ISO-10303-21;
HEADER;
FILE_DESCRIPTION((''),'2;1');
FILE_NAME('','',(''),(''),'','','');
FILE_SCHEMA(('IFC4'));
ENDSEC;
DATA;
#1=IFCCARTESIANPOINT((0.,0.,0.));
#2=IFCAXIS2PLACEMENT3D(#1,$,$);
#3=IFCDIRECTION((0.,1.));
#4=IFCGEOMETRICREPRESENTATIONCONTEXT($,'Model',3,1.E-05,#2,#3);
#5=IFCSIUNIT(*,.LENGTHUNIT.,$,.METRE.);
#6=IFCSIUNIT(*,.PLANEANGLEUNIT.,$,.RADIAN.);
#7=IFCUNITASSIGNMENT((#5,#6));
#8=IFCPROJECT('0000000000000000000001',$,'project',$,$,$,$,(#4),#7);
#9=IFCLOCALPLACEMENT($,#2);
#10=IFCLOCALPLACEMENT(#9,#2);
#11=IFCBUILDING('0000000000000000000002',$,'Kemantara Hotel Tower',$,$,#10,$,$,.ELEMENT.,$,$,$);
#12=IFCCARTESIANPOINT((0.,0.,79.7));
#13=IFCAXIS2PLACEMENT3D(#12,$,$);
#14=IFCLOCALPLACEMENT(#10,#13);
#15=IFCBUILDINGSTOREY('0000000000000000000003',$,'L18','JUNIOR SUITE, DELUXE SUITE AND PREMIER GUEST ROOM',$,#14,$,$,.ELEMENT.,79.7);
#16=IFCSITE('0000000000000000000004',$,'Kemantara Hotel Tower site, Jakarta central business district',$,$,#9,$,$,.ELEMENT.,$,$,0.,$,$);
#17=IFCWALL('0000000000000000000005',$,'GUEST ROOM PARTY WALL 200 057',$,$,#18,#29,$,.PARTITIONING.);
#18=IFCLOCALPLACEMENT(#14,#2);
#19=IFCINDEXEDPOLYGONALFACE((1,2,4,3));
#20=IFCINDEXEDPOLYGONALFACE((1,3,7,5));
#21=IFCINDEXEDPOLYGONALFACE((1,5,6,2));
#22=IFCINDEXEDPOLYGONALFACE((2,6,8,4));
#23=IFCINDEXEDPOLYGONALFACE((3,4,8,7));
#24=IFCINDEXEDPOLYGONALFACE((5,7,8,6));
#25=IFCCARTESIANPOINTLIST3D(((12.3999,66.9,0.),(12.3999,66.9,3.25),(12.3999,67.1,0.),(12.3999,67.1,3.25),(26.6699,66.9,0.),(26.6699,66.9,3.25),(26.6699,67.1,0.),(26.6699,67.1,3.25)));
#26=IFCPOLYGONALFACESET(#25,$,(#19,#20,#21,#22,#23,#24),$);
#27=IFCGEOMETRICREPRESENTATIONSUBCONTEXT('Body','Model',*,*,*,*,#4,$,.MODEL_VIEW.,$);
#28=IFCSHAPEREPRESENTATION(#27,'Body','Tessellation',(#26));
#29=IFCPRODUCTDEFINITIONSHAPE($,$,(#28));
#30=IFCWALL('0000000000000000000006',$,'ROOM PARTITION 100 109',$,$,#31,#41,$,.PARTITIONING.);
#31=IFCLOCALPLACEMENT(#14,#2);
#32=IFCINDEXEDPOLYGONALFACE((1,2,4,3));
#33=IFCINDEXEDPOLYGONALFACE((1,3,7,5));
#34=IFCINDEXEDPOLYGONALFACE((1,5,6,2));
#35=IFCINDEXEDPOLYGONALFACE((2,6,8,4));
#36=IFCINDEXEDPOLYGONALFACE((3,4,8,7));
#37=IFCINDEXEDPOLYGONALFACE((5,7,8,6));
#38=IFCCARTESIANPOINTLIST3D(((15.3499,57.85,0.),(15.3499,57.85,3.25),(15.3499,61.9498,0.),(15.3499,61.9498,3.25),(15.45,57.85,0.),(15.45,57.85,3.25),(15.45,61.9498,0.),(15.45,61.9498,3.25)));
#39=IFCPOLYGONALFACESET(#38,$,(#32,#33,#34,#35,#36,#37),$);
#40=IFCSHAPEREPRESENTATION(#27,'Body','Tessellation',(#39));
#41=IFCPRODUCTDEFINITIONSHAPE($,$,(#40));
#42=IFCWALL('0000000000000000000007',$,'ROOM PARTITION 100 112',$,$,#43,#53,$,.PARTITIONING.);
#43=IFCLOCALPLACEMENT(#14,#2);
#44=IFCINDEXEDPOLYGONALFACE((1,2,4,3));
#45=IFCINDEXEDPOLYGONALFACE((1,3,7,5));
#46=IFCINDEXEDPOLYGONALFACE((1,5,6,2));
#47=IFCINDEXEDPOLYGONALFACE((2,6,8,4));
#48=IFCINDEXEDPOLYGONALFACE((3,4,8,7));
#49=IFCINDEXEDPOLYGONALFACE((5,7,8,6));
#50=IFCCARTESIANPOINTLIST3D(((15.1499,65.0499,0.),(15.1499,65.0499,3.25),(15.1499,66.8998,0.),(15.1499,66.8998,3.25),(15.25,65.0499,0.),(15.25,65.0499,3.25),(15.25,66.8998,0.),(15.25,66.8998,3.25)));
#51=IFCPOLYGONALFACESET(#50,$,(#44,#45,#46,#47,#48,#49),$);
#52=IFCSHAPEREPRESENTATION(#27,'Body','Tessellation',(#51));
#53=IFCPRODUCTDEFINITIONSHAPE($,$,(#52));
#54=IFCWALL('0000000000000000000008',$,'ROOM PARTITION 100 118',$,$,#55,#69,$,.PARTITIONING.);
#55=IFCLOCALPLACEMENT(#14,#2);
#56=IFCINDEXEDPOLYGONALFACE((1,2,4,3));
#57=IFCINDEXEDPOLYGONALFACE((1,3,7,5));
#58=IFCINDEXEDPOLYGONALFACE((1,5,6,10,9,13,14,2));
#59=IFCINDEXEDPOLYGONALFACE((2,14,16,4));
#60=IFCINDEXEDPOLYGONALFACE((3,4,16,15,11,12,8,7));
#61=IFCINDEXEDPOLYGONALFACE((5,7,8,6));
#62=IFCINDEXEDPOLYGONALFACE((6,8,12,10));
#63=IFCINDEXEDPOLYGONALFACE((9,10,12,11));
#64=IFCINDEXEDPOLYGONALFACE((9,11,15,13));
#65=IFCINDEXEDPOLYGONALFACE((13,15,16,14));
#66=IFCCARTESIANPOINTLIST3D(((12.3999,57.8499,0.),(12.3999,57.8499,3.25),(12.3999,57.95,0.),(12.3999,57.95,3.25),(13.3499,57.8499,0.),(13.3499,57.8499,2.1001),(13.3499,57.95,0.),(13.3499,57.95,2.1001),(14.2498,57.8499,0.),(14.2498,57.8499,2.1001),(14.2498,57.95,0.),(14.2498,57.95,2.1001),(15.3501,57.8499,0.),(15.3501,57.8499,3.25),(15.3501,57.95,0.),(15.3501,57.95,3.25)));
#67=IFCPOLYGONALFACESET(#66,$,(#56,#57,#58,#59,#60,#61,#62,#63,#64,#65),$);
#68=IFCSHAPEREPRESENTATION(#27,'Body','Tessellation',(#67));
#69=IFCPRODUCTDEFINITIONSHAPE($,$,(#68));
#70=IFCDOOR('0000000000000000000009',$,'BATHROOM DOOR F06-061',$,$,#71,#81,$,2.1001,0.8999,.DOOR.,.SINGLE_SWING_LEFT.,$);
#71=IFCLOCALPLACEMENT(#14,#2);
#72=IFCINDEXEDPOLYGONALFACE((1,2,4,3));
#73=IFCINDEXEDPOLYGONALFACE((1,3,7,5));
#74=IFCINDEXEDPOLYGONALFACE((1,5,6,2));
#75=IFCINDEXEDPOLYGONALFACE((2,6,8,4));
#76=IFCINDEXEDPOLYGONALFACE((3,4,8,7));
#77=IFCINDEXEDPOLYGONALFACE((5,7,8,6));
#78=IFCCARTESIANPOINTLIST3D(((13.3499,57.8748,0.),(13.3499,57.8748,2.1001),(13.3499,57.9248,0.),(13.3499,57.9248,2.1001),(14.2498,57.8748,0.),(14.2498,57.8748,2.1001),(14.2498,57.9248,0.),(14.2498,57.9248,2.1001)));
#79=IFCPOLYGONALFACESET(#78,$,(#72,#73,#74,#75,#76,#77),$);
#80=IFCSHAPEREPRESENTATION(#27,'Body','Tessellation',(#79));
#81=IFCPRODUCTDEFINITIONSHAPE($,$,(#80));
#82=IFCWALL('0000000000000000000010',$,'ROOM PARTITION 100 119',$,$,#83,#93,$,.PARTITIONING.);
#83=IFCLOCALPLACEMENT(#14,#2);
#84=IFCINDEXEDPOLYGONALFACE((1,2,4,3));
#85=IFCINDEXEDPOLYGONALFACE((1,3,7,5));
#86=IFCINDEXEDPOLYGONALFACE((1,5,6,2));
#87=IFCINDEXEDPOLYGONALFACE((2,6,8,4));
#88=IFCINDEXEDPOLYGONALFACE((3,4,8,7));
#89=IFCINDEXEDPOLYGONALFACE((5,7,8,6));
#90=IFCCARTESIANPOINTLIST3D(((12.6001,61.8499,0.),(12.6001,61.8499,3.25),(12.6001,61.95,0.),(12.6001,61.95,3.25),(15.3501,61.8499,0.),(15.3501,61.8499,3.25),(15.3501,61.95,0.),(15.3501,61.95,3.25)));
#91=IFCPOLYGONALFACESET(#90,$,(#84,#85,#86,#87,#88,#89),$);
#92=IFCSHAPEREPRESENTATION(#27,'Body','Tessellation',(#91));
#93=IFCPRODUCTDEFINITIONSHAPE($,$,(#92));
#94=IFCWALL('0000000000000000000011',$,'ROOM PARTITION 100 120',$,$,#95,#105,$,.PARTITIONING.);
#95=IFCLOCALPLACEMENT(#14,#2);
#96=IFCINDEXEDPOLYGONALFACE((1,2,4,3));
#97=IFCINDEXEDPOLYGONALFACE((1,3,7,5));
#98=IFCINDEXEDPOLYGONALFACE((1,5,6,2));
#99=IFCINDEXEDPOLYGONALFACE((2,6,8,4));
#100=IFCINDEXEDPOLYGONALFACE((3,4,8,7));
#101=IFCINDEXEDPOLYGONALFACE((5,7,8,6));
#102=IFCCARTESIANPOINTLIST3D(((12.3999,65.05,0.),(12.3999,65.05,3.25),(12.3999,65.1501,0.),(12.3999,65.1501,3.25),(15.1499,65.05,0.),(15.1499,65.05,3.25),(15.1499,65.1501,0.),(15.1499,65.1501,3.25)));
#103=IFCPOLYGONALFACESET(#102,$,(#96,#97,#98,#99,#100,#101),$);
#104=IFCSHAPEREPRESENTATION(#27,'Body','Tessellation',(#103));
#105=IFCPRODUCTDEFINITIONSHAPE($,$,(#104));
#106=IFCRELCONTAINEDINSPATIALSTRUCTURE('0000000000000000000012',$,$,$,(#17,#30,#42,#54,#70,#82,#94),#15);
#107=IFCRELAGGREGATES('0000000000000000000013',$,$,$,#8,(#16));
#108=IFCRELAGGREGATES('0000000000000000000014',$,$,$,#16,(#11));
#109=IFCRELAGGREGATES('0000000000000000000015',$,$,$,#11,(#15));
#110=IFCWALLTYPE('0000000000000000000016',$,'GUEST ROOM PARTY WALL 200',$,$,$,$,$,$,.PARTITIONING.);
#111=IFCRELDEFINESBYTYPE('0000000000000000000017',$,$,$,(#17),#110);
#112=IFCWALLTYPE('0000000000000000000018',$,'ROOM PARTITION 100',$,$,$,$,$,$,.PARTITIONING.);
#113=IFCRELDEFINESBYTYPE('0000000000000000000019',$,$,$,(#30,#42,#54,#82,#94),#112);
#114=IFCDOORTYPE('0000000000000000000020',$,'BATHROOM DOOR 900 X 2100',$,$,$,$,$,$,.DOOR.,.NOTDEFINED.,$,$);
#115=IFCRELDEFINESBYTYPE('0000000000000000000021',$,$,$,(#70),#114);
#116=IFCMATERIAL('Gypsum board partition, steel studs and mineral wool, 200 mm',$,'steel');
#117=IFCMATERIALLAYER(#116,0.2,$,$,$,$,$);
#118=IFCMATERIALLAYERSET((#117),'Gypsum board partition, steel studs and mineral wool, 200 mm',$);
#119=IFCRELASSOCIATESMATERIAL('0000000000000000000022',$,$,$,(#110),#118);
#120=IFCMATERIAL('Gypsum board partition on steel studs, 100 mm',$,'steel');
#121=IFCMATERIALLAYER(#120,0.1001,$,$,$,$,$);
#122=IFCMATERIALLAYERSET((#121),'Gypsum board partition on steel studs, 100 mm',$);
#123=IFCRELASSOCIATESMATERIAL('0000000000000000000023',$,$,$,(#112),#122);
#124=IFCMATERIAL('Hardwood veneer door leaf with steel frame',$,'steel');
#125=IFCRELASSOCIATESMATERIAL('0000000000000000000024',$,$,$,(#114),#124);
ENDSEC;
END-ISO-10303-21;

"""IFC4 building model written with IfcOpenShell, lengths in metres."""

from ifc_helpers import new_model, si_unit, direction, frame, frame_2d, origin, place, context, subcontext, project, spatial, rectangle, extrude, material, layer, layer_set, type_object, element, fill, save


model = new_model("IFC4")

# Units and contexts
model_context = context("Model", 3, precision=1e-05, world=origin(), true_north=direction((0.0, 1.0)))
body_context = subcontext(model_context, "Body", "Model", "MODEL_VIEW")
ifc_project = project(units=[si_unit("LENGTHUNIT", "METRE"), si_unit("PLANEANGLEUNIT", "RADIAN")], contexts=[model_context])

# Site, building, storey
site_placement = place(None, origin())
site = spatial("IfcSite", under=ifc_project, at=site_placement, Name="Kemantara Hotel Tower site, Jakarta central business district", CompositionType="ELEMENT", RefElevation=0.0)
building_placement = place(site_placement, origin())
building = spatial("IfcBuilding", under=site, at=building_placement, Name="Kemantara Hotel Tower", CompositionType="ELEMENT")
storey_placement = place(building_placement, frame((0.0, 0.0, 79.7)))
storey = spatial("IfcBuildingStorey", under=building, at=storey_placement, Name="L18", Description="JUNIOR SUITE, DELUXE SUITE AND PREMIER GUEST ROOM", CompositionType="ELEMENT", Elevation=79.7)

# Shared definitions
ifc_material_1 = material(Name="Gypsum board partition, steel studs and mineral wool, 200 mm", Category="steel")
ifc_material_2 = material(Name="Hardwood veneer door leaf with steel frame", Category="steel")

# Walls
ifc_layer_1 = layer(ifc_material_1, 0.2)
ifc_layer_set_1 = layer_set([ifc_layer_1], Name="Gypsum board partition, steel studs and mineral wool, 200 mm")
wall_type_1 = type_object("IfcWallType", Name="GUEST ROOM PARTY WALL 200", PredefinedType="PARTITIONING", material=ifc_layer_set_1)
wall_1_placement = place(storey_placement, frame((12.3999, 67.0, 0.0), z_axis=(0.0, 0.0, 1.0), x_axis=(1.0, 0.0, 0.0)))
element("IfcWall", 1, at=wall_1_placement, inside=storey, type_object=wall_type_1, Name="GUEST ROOM PARTY WALL 200 057", PredefinedType="PARTITIONING", context=body_context, shape_type="SweptSolid", body=[
    extrude(rectangle(XDim=14.27, YDim=0.2, at=frame_2d((7.135, 0.0))), origin(), (0.0, 0.0, 1.0), 3.25),
])
ifc_material_3 = material(Name="Gypsum board partition on steel studs, 100 mm", Category="steel")
ifc_layer_2 = layer(ifc_material_3, 0.1001)
ifc_layer_set_2 = layer_set([ifc_layer_2], Name="Gypsum board partition on steel studs, 100 mm")
wall_type_2 = type_object("IfcWallType", Name="ROOM PARTITION 100", PredefinedType="PARTITIONING", material=ifc_layer_set_2)
wall_2_placement = place(storey_placement, frame((15.3999, 57.8501, 0.0), z_axis=(0.0, 0.0, 1.0), x_axis=(0.0, 1.0, 0.0)))
element("IfcWall", 2, at=wall_2_placement, inside=storey, type_object=wall_type_2, Name="ROOM PARTITION 100 109", PredefinedType="PARTITIONING", context=body_context, shape_type="SweptSolid", body=[
    extrude(rectangle(XDim=4.0999, YDim=0.1001, at=frame_2d((2.0498, 0.0))), origin(), (0.0, 0.0, 1.0), 3.25),
])
wall_3_placement = place(storey_placement, frame((15.2, 65.05, 0.0), z_axis=(0.0, 0.0, 1.0), x_axis=(0.0, 1.0, 0.0)))
element("IfcWall", 3, at=wall_3_placement, inside=storey, type_object=wall_type_2, Name="ROOM PARTITION 100 112", PredefinedType="PARTITIONING", context=body_context, shape_type="SweptSolid", body=[
    extrude(rectangle(XDim=1.8499, YDim=0.1001, at=frame_2d((0.9248, 0.0))), origin(), (0.0, 0.0, 1.0), 3.25),
])

# Wall, opening, door
wall_4_placement = place(storey_placement, frame((12.3999, 57.8999, 0.0), z_axis=(0.0, 0.0, 1.0), x_axis=(1.0, 0.0, 0.0)))
wall_4 = element("IfcWall", 4, at=wall_4_placement, inside=storey, type_object=wall_type_2, Name="ROOM PARTITION 100 118", PredefinedType="PARTITIONING", context=body_context, shape_type="SweptSolid", body=[
    extrude(rectangle(XDim=2.9502, YDim=0.1001, at=frame_2d((1.4751, 0.0))), origin(), (0.0, 0.0, 1.0), 3.25),
])
opening_1_placement = place(wall_4_placement, frame((0.95, 0.0, 0.0)))
opening_1 = element("IfcOpeningElement", 5, at=opening_1_placement, cuts=wall_4, PredefinedType="OPENING", context=body_context, shape_type="SweptSolid", body=[
    extrude(rectangle(XDim=0.8999, YDim=2.1001, at=frame_2d((0.45, 1.05))), frame((0.0, 0.0601, 0.0), z_axis=(0.0, -1.0, 0.0), x_axis=(1.0, 0.0, 0.0)), (0.0, 0.0, 1.0), 0.1201),
])
door_type_1 = type_object("IfcDoorType", Name="BATHROOM DOOR 900 X 2100", OperationType="NOTDEFINED", PredefinedType="DOOR", material=ifc_material_2)
door_1_placement = place(opening_1_placement, origin())
door_1 = element("IfcDoor", 6, at=door_1_placement, inside=storey, type_object=door_type_1, Name="BATHROOM DOOR F06-061", OperationType="SINGLE_SWING_LEFT", OverallHeight=2.1001, OverallWidth=0.8999, PredefinedType="DOOR", context=body_context, shape_type="SweptSolid", body=[
    extrude(rectangle(XDim=0.8999, YDim=2.1001, at=frame_2d((0.45, 1.05))), frame((0.0, 0.0249, 0.0), z_axis=(0.0, -1.0, 0.0), x_axis=(1.0, 0.0, 0.0)), (0.0, 0.0, 1.0), 0.05),
])
fill(opening_1, door_1)

# Walls
for number, where, z_axis, x_axis, name in (
    (7, (12.6001, 61.8999, 0.0), (0.0, 0.0, 1.0), (1.0, 0.0, 0.0), "ROOM PARTITION 100 119"),
    (8, (12.3999, 65.1001, 0.0), (0.0, 0.0, 1.0), (1.0, 0.0, 0.0), "ROOM PARTITION 100 120"),
):
    element("IfcWall", number, at=place(storey_placement, frame(where, z_axis=z_axis, x_axis=x_axis)), inside=storey, type_object=wall_type_2, Name=name, PredefinedType="PARTITIONING", context=body_context, shape_type="SweptSolid", body=[
        extrude(rectangle(XDim=2.75, YDim=0.1001, at=frame_2d((1.375, 0.0))), origin(), (0.0, 0.0, 1.0), 3.25),
    ])

save(model, "model.ifc")
